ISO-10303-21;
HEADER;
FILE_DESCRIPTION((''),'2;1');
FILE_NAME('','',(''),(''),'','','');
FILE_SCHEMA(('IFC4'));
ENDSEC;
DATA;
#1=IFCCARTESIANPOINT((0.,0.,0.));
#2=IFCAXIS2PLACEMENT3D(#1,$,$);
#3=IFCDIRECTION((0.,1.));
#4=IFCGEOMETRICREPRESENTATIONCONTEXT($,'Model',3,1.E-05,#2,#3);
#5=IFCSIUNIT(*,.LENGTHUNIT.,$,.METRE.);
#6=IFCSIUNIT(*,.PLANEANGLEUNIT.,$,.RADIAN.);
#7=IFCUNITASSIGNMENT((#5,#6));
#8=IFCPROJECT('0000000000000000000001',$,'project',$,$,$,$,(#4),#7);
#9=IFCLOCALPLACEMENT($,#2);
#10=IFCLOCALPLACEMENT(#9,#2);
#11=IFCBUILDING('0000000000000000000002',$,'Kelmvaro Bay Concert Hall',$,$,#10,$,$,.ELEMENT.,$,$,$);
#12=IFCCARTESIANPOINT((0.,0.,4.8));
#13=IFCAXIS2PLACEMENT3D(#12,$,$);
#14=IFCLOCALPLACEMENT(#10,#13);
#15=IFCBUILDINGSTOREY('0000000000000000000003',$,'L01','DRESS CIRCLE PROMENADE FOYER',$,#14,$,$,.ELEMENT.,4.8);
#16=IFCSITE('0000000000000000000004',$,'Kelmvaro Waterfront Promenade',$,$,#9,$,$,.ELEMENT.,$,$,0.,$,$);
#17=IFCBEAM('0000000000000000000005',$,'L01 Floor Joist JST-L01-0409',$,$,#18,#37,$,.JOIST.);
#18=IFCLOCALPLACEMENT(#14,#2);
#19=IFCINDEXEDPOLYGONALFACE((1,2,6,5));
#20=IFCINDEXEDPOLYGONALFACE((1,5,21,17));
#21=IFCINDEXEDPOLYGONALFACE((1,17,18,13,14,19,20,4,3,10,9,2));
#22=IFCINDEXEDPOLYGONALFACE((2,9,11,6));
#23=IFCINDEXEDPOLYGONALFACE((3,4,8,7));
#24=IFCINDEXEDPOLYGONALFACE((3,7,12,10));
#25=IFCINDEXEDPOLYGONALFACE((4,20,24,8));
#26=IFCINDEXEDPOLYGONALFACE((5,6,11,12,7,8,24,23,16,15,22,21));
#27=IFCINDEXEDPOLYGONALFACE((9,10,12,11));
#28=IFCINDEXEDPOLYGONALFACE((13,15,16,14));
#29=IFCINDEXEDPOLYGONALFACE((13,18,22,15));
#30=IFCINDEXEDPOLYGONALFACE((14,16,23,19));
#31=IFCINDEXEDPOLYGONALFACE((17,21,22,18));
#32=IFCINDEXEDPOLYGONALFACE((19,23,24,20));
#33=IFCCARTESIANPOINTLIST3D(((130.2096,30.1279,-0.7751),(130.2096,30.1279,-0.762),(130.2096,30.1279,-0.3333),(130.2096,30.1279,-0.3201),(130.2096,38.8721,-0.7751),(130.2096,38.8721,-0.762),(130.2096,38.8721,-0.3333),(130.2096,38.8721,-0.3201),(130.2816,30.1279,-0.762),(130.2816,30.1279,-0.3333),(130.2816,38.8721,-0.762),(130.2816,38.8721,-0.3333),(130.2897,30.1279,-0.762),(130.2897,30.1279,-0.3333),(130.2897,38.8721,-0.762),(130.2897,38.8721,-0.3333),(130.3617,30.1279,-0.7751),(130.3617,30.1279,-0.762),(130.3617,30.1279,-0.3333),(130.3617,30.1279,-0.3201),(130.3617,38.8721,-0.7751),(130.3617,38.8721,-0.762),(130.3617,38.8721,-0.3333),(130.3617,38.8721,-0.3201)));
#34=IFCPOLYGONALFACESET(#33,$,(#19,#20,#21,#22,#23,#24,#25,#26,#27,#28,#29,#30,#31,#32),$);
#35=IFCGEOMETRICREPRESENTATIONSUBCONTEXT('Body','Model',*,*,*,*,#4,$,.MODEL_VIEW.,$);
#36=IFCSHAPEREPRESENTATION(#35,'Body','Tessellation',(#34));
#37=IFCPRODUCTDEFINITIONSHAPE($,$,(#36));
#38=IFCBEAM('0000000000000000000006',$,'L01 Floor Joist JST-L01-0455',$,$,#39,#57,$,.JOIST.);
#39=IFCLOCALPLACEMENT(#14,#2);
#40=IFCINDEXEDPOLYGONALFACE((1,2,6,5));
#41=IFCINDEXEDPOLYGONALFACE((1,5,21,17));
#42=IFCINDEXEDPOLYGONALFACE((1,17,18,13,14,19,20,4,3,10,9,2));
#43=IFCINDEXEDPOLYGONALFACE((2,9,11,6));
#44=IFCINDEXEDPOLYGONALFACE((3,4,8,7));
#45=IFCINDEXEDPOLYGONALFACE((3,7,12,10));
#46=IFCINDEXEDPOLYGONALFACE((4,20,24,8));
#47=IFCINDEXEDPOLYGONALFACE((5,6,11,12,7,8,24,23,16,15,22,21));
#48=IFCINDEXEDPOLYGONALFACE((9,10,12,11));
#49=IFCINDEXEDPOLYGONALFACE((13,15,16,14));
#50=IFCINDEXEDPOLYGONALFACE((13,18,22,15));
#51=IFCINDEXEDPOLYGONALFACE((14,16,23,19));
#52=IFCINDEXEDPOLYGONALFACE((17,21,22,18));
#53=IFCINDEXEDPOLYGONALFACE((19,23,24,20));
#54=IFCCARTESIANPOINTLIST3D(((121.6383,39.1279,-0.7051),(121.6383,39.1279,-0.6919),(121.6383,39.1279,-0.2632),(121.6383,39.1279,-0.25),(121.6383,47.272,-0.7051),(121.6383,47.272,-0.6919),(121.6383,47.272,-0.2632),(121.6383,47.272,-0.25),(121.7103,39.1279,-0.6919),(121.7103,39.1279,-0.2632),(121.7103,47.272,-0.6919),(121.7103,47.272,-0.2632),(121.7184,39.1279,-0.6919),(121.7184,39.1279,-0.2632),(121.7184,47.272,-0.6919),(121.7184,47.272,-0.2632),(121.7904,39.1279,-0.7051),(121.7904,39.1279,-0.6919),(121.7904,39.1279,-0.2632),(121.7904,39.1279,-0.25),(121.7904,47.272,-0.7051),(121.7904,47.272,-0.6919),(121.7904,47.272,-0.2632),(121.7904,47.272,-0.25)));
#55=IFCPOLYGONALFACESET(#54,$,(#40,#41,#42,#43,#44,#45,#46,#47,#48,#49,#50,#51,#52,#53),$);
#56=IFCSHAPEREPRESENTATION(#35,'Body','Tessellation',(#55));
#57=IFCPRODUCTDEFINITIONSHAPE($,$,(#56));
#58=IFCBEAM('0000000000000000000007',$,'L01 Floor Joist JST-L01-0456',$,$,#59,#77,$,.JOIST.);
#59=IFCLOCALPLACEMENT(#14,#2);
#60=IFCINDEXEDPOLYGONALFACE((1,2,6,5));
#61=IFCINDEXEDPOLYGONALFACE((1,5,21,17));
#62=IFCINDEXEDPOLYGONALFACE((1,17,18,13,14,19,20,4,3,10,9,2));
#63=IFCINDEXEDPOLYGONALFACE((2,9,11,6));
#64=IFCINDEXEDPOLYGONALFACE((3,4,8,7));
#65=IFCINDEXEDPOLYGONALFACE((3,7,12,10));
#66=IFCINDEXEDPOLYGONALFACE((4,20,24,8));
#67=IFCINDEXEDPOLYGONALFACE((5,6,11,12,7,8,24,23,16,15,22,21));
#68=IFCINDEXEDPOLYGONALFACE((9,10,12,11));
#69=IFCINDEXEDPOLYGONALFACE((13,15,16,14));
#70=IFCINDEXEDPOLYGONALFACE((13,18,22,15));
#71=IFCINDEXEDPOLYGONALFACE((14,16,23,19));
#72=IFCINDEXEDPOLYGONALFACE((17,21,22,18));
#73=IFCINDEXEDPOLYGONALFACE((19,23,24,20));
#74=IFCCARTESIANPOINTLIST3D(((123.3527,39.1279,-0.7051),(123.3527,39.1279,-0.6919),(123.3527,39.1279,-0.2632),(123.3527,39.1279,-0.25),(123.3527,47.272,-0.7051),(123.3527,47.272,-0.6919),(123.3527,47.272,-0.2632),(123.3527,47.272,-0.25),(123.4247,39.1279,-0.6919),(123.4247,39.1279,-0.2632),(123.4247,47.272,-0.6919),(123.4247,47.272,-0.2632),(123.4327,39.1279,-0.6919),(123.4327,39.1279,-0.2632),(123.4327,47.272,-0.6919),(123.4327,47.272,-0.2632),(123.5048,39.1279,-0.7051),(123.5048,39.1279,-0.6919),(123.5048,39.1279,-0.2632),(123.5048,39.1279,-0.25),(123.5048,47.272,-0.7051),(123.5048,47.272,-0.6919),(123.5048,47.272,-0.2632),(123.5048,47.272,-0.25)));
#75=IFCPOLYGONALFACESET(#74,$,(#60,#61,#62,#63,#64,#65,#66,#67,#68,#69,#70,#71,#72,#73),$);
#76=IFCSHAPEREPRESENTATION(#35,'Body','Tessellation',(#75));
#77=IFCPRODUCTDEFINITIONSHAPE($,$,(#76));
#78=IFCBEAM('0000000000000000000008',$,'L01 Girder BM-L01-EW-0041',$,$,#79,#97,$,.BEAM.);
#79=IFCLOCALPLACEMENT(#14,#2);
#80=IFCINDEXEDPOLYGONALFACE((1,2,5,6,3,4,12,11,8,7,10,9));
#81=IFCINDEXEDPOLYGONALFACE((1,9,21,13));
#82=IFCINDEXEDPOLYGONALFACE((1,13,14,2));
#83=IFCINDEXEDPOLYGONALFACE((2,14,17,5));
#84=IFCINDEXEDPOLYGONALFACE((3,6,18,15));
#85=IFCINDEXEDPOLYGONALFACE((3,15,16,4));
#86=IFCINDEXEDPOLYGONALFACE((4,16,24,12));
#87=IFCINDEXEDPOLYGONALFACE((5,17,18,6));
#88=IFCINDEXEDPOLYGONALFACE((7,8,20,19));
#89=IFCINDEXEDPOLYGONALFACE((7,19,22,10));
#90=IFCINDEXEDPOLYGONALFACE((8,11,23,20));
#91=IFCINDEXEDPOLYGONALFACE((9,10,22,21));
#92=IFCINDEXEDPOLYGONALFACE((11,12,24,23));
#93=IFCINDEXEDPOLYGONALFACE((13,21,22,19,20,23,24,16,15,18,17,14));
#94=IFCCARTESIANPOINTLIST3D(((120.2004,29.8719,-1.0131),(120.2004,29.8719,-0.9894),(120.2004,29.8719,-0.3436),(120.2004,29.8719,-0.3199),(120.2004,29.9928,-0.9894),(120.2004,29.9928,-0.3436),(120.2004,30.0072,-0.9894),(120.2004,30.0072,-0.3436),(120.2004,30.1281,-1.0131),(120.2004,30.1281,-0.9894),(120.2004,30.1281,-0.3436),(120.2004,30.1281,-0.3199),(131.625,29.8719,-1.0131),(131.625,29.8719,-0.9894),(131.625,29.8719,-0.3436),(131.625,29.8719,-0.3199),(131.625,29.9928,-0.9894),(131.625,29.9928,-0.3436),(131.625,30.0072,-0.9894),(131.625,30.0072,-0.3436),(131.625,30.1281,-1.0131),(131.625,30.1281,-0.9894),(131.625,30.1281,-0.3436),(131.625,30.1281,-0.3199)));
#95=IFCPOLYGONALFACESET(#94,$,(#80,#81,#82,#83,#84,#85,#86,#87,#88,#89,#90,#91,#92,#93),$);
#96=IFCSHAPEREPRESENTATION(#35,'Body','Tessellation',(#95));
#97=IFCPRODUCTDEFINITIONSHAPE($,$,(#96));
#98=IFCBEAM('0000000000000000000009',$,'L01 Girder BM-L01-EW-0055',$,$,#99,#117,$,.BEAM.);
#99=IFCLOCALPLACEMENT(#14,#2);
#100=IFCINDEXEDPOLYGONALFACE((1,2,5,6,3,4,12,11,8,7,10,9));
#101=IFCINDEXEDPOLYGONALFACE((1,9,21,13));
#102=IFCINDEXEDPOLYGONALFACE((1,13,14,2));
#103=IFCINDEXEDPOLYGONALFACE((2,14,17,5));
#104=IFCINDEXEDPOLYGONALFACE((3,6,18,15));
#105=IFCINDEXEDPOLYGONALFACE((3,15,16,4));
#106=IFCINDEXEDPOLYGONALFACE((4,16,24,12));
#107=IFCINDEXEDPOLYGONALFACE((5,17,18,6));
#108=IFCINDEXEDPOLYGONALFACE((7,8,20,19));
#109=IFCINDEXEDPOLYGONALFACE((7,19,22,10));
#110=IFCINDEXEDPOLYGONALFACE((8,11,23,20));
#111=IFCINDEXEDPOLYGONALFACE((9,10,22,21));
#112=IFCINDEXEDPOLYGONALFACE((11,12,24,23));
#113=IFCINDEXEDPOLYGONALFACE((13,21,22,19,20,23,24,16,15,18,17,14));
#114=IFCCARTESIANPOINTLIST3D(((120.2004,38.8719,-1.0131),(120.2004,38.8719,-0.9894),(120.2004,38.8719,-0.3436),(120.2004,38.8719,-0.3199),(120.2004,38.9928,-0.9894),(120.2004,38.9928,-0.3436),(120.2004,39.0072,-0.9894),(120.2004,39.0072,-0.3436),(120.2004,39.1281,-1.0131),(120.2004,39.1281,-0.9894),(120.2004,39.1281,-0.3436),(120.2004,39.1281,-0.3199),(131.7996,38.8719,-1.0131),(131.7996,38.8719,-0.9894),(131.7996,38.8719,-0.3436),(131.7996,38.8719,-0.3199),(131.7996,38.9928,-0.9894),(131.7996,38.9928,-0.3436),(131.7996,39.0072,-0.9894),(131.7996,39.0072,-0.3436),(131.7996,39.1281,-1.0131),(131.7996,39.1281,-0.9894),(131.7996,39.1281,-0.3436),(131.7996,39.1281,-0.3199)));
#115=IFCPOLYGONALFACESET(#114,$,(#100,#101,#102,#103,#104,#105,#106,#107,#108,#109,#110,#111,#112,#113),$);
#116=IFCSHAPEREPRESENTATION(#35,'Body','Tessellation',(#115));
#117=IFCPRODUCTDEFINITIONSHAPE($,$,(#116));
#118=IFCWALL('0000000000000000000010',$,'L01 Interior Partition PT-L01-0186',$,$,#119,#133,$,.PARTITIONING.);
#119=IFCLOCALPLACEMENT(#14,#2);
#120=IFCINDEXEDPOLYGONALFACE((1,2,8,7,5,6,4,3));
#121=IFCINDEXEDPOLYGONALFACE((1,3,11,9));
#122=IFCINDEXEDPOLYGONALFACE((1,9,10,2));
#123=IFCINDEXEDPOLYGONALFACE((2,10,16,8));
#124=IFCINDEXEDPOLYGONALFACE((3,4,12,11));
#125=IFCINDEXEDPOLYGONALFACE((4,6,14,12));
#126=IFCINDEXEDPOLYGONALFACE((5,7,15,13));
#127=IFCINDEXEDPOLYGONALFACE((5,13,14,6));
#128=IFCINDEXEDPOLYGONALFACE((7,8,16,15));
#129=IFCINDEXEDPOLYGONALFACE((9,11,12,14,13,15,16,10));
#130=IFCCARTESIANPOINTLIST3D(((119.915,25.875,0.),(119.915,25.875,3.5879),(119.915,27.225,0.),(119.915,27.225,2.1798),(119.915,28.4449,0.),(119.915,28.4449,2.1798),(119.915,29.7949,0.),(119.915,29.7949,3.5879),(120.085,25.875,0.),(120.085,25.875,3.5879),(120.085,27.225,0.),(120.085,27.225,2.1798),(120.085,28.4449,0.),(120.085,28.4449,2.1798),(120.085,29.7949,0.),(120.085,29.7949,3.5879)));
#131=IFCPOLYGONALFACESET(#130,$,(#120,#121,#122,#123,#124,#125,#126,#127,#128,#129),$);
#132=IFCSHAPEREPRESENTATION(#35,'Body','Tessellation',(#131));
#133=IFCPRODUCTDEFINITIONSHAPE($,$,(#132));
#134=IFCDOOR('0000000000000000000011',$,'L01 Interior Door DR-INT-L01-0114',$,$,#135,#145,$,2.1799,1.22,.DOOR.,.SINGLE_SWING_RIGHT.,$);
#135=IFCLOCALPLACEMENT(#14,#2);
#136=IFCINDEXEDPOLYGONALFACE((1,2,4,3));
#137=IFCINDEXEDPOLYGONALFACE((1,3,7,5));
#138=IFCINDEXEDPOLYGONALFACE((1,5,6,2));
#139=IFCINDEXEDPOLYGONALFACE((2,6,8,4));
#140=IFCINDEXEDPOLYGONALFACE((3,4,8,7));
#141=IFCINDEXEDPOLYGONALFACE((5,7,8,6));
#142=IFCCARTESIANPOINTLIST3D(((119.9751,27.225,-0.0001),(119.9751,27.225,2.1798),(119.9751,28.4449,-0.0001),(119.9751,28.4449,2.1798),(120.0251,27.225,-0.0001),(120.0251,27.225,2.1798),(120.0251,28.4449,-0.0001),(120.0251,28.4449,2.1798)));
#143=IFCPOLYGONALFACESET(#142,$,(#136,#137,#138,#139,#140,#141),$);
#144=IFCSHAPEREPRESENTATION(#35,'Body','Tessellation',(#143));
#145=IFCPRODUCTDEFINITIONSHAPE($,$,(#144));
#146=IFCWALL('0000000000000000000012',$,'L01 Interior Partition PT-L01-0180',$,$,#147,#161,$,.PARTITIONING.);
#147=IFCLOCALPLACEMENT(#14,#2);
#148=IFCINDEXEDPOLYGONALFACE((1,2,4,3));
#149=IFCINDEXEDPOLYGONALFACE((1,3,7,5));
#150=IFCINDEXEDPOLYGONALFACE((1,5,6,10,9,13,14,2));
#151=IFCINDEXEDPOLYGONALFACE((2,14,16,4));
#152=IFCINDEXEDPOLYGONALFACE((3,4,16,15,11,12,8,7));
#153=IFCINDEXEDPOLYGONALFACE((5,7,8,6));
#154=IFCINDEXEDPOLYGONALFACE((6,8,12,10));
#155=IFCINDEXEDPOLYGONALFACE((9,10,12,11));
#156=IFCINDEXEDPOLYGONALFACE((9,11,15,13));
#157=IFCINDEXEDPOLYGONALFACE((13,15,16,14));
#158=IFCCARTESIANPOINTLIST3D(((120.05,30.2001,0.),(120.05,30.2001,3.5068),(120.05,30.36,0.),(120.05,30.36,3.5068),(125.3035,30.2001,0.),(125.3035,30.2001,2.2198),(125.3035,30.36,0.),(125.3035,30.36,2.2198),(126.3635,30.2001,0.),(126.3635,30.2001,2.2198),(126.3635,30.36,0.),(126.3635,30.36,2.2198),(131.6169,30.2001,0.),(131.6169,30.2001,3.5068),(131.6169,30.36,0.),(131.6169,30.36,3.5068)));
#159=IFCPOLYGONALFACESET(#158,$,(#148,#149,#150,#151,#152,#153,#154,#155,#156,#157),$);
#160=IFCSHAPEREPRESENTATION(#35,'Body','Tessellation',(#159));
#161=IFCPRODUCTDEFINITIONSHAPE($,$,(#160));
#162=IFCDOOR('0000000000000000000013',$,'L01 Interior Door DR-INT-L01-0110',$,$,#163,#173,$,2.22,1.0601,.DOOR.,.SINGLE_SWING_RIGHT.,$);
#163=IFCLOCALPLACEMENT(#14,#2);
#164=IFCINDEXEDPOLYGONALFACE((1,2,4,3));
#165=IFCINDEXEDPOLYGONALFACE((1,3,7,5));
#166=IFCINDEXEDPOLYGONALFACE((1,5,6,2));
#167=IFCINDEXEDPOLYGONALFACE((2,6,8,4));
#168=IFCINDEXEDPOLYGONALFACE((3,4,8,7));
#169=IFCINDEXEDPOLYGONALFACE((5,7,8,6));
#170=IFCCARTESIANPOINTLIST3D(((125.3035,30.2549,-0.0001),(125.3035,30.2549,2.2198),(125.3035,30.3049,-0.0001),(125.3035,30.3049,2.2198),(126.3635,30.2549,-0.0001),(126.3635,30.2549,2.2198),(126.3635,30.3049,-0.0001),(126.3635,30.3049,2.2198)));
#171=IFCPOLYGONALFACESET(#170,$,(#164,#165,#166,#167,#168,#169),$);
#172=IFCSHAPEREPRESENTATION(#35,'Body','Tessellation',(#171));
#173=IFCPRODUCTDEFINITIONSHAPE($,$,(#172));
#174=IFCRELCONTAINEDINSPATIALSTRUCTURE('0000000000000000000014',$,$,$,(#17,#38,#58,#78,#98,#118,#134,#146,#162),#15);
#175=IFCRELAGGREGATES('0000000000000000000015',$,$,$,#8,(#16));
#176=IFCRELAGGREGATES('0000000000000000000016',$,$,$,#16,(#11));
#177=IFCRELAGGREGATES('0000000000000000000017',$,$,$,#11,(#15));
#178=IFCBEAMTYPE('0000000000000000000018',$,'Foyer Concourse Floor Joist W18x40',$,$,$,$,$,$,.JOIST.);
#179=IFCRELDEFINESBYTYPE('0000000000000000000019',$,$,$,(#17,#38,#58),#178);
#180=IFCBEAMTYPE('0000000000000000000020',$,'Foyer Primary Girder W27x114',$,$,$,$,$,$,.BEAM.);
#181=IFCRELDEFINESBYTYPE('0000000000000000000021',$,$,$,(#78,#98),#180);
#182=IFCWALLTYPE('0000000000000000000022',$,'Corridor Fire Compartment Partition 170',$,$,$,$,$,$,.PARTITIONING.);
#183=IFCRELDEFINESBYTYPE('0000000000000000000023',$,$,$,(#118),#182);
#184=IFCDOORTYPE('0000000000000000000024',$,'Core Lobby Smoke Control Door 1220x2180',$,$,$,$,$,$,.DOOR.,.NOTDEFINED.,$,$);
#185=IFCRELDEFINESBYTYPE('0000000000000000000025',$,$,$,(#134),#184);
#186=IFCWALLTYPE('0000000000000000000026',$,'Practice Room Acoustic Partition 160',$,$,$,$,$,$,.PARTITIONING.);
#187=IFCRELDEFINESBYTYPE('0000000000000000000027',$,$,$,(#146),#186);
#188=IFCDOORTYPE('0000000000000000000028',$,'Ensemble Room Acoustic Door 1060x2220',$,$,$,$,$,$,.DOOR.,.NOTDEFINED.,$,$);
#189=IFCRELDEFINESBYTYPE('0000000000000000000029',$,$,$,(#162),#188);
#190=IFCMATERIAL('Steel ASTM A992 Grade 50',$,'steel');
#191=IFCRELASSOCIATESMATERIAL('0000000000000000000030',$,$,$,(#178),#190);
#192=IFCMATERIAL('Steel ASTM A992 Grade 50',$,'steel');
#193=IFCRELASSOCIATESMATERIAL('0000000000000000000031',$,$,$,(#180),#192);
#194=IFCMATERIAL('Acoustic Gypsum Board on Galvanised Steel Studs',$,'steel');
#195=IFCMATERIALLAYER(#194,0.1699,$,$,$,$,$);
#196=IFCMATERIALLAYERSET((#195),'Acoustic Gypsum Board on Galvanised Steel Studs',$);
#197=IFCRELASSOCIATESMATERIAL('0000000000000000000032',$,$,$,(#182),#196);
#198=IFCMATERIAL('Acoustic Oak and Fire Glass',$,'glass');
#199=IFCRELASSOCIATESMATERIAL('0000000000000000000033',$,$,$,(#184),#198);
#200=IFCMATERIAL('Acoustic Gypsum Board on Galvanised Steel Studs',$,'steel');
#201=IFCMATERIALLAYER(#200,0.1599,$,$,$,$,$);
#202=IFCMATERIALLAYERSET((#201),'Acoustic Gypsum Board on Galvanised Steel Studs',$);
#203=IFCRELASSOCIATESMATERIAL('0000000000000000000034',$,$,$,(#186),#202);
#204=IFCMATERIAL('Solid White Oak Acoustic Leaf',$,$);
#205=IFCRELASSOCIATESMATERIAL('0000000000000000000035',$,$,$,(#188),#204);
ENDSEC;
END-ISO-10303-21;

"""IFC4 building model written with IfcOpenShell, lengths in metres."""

from ifc_helpers import new_model, si_unit, direction, frame, frame_2d, origin, origin_2d, place, context, subcontext, project, spatial, rectangle, i_section, extrude, material, layer, layer_set, material_profile, profile_set, type_object, element, fill, save


model = new_model("IFC4")

# Units and contexts
model_context = context("Model", 3, precision=1e-05, world=origin(), true_north=direction((0.0, 1.0)))
body_context = subcontext(model_context, "Body", "Model", "MODEL_VIEW")
ifc_project = project(units=[si_unit("LENGTHUNIT", "METRE"), si_unit("PLANEANGLEUNIT", "RADIAN")], contexts=[model_context])

# Site, building, storey
site_placement = place(None, origin())
site = spatial("IfcSite", under=ifc_project, at=site_placement, Name="Kelmvaro Waterfront Promenade", CompositionType="ELEMENT", RefElevation=0.0)
building_placement = place(site_placement, origin())
building = spatial("IfcBuilding", under=site, at=building_placement, Name="Kelmvaro Bay Concert Hall", CompositionType="ELEMENT")
storey_placement = place(building_placement, frame((0.0, 0.0, 4.8)))
storey = spatial("IfcBuildingStorey", under=building, at=storey_placement, Name="L01", Description="DRESS CIRCLE PROMENADE FOYER", CompositionType="ELEMENT", Elevation=4.8)

# Beams
ifc_material_1 = material(Name="Steel ASTM A992 Grade 50", Category="steel")
ifc_material_profile_1 = material_profile(ifc_material_1, i_section(OverallWidth=0.1521, OverallDepth=0.4551, WebThickness=0.0081, FlangeThickness=0.0132, at=origin_2d()), Name="W18X40")
ifc_profile_set_1 = profile_set([ifc_material_profile_1], Name="Steel ASTM A992 Grade 50")
beam_type_1 = type_object("IfcBeamType", Name="Foyer Concourse Floor Joist W18x40", PredefinedType="JOIST", material=ifc_profile_set_1)
for number, where, z_axis, x_axis, name in (
    (1, (130.2856, 30.1279, -0.5476), (0.0, 1.0, 0.0), (-1.0, 0.0, 0.0), "L01 Floor Joist JST-L01-0409"),
):
    element("IfcBeam", number, at=place(storey_placement, frame(where, z_axis=z_axis, x_axis=x_axis)), inside=storey, type_object=beam_type_1, Name=name, PredefinedType="JOIST", context=body_context, shape_type="SweptSolid", body=[
        extrude(i_section(OverallWidth=0.1521, OverallDepth=0.4551, WebThickness=0.0081, FlangeThickness=0.0132, at=origin_2d()), origin(), (0.0, 0.0, 1.0), 8.7441),
    ])
for number, where, z_axis, x_axis, name in (
    (2, (121.7144, 39.1279, -0.4775), (0.0, 1.0, 0.0), (-1.0, 0.0, 0.0), "L01 Floor Joist JST-L01-0455"),
    (3, (123.4287, 39.1279, -0.4775), (0.0, 1.0, 0.0), (-1.0, 0.0, 0.0), "L01 Floor Joist JST-L01-0456"),
):
    element("IfcBeam", number, at=place(storey_placement, frame(where, z_axis=z_axis, x_axis=x_axis)), inside=storey, type_object=beam_type_1, Name=name, PredefinedType="JOIST", context=body_context, shape_type="SweptSolid", body=[
        extrude(i_section(OverallWidth=0.1521, OverallDepth=0.4551, WebThickness=0.0081, FlangeThickness=0.0132, at=origin_2d()), origin(), (0.0, 0.0, 1.0), 8.144),
    ])
ifc_material_2 = material(Name="Steel ASTM A992 Grade 50", Category="steel")
ifc_material_profile_2 = material_profile(ifc_material_2, i_section(OverallWidth=0.2561, OverallDepth=0.6931, WebThickness=0.0144, FlangeThickness=0.0237, at=origin_2d()), Name="W27X114")
ifc_profile_set_2 = profile_set([ifc_material_profile_2], Name="Steel ASTM A992 Grade 50")
beam_type_2 = type_object("IfcBeamType", Name="Foyer Primary Girder W27x114", PredefinedType="BEAM", material=ifc_profile_set_2)
beam_1_placement = place(storey_placement, frame((120.2004, 30.0, -0.6665), z_axis=(1.0, 0.0, 0.0), x_axis=(0.0, 1.0, 0.0)))
element("IfcBeam", 4, at=beam_1_placement, inside=storey, type_object=beam_type_2, Name="L01 Girder BM-L01-EW-0041", PredefinedType="BEAM", context=body_context, shape_type="SweptSolid", body=[
    extrude(i_section(OverallWidth=0.2561, OverallDepth=0.6931, WebThickness=0.0144, FlangeThickness=0.0237, at=origin_2d()), origin(), (0.0, 0.0, 1.0), 11.4246),
])
beam_2_placement = place(storey_placement, frame((120.2004, 39.0, -0.6665), z_axis=(1.0, 0.0, 0.0), x_axis=(0.0, 1.0, 0.0)))
element("IfcBeam", 5, at=beam_2_placement, inside=storey, type_object=beam_type_2, Name="L01 Girder BM-L01-EW-0055", PredefinedType="BEAM", context=body_context, shape_type="SweptSolid", body=[
    extrude(i_section(OverallWidth=0.2561, OverallDepth=0.6931, WebThickness=0.0144, FlangeThickness=0.0237, at=origin_2d()), origin(), (0.0, 0.0, 1.0), 11.5991),
])

# Walls, openings, doors
ifc_material_3 = material(Name="Acoustic Gypsum Board on Galvanised Steel Studs", Category="steel")
ifc_layer_1 = layer(ifc_material_3, 0.1699)
ifc_layer_set_1 = layer_set([ifc_layer_1], Name="Acoustic Gypsum Board on Galvanised Steel Studs")
wall_type_1 = type_object("IfcWallType", Name="Corridor Fire Compartment Partition 170", PredefinedType="PARTITIONING", material=ifc_layer_set_1)
wall_1_placement = place(storey_placement, frame((120.0, 25.875, 0.0), z_axis=(0.0, 0.0, 1.0), x_axis=(0.0, 1.0, 0.0)))
wall_1 = element("IfcWall", 6, at=wall_1_placement, inside=storey, type_object=wall_type_1, Name="L01 Interior Partition PT-L01-0186", PredefinedType="PARTITIONING", context=body_context, shape_type="SweptSolid", body=[
    extrude(rectangle(XDim=3.9199, YDim=0.1699, at=frame_2d((1.96, 0.0))), origin(), (0.0, 0.0, 1.0), 3.5879),
])
opening_1_placement = place(wall_1_placement, frame((1.3501, 0.0, 0.0)))
opening_1 = element("IfcOpeningElement", 7, at=opening_1_placement, cuts=wall_1, PredefinedType="OPENING", context=body_context, shape_type="SweptSolid", body=[
    extrude(rectangle(XDim=1.22, YDim=2.1799, at=frame_2d((0.6099, 1.0898))), frame((0.0, 0.095, 0.0), z_axis=(0.0, -1.0, 0.0), x_axis=(1.0, 0.0, 0.0)), (0.0, 0.0, 1.0), 0.1899),
])
ifc_material_4 = material(Name="Acoustic Oak and Fire Glass", Category="glass")
door_type_1 = type_object("IfcDoorType", Name="Core Lobby Smoke Control Door 1220x2180", OperationType="NOTDEFINED", PredefinedType="DOOR", material=ifc_material_4)
door_1_placement = place(opening_1_placement, origin())
door_1 = element("IfcDoor", 8, at=door_1_placement, inside=storey, type_object=door_type_1, Name="L01 Interior Door DR-INT-L01-0114", OperationType="SINGLE_SWING_RIGHT", OverallHeight=2.1799, OverallWidth=1.22, PredefinedType="DOOR", context=body_context, shape_type="SweptSolid", body=[
    extrude(rectangle(XDim=1.22, YDim=2.1799, at=frame_2d((0.6099, 1.0898))), frame((0.0, 0.0249, 0.0), z_axis=(0.0, -1.0, 0.0), x_axis=(1.0, 0.0, 0.0)), (0.0, 0.0, 1.0), 0.05),
])
fill(opening_1, door_1)
ifc_material_5 = material(Name="Acoustic Gypsum Board on Galvanised Steel Studs", Category="steel")
ifc_layer_2 = layer(ifc_material_5, 0.1599)
ifc_layer_set_2 = layer_set([ifc_layer_2], Name="Acoustic Gypsum Board on Galvanised Steel Studs")
wall_type_2 = type_object("IfcWallType", Name="Practice Room Acoustic Partition 160", PredefinedType="PARTITIONING", material=ifc_layer_set_2)
wall_2_placement = place(storey_placement, frame((120.05, 30.28, 0.0), z_axis=(0.0, 0.0, 1.0), x_axis=(1.0, 0.0, 0.0)))
wall_2 = element("IfcWall", 9, at=wall_2_placement, inside=storey, type_object=wall_type_2, Name="L01 Interior Partition PT-L01-0180", PredefinedType="PARTITIONING", context=body_context, shape_type="SweptSolid", body=[
    extrude(rectangle(XDim=11.5669, YDim=0.1599, at=frame_2d((5.7834, 0.0))), origin(), (0.0, 0.0, 1.0), 3.5068),
])
opening_2_placement = place(wall_2_placement, frame((5.2534, 0.0, 0.0)))
opening_2 = element("IfcOpeningElement", 10, at=opening_2_placement, cuts=wall_2, PredefinedType="OPENING", context=body_context, shape_type="SweptSolid", body=[
    extrude(rectangle(XDim=1.0601, YDim=2.22, at=frame_2d((0.53, 1.1099))), frame((0.0, 0.0898, 0.0), z_axis=(0.0, -1.0, 0.0), x_axis=(1.0, 0.0, 0.0)), (0.0, 0.0, 1.0), 0.1799),
])
ifc_material_6 = material(Name="Solid White Oak Acoustic Leaf")
door_type_2 = type_object("IfcDoorType", Name="Ensemble Room Acoustic Door 1060x2220", OperationType="NOTDEFINED", PredefinedType="DOOR", material=ifc_material_6)
door_2_placement = place(opening_2_placement, origin())
door_2 = element("IfcDoor", 11, at=door_2_placement, inside=storey, type_object=door_type_2, Name="L01 Interior Door DR-INT-L01-0110", OperationType="SINGLE_SWING_RIGHT", OverallHeight=2.22, OverallWidth=1.0601, PredefinedType="DOOR", context=body_context, shape_type="SweptSolid", body=[
    extrude(rectangle(XDim=1.0601, YDim=2.22, at=frame_2d((0.53, 1.1099))), frame((0.0, 0.0249, 0.0), z_axis=(0.0, -1.0, 0.0), x_axis=(1.0, 0.0, 0.0)), (0.0, 0.0, 1.0), 0.05),
])
fill(opening_2, door_2)

save(model, "model.ifc")
